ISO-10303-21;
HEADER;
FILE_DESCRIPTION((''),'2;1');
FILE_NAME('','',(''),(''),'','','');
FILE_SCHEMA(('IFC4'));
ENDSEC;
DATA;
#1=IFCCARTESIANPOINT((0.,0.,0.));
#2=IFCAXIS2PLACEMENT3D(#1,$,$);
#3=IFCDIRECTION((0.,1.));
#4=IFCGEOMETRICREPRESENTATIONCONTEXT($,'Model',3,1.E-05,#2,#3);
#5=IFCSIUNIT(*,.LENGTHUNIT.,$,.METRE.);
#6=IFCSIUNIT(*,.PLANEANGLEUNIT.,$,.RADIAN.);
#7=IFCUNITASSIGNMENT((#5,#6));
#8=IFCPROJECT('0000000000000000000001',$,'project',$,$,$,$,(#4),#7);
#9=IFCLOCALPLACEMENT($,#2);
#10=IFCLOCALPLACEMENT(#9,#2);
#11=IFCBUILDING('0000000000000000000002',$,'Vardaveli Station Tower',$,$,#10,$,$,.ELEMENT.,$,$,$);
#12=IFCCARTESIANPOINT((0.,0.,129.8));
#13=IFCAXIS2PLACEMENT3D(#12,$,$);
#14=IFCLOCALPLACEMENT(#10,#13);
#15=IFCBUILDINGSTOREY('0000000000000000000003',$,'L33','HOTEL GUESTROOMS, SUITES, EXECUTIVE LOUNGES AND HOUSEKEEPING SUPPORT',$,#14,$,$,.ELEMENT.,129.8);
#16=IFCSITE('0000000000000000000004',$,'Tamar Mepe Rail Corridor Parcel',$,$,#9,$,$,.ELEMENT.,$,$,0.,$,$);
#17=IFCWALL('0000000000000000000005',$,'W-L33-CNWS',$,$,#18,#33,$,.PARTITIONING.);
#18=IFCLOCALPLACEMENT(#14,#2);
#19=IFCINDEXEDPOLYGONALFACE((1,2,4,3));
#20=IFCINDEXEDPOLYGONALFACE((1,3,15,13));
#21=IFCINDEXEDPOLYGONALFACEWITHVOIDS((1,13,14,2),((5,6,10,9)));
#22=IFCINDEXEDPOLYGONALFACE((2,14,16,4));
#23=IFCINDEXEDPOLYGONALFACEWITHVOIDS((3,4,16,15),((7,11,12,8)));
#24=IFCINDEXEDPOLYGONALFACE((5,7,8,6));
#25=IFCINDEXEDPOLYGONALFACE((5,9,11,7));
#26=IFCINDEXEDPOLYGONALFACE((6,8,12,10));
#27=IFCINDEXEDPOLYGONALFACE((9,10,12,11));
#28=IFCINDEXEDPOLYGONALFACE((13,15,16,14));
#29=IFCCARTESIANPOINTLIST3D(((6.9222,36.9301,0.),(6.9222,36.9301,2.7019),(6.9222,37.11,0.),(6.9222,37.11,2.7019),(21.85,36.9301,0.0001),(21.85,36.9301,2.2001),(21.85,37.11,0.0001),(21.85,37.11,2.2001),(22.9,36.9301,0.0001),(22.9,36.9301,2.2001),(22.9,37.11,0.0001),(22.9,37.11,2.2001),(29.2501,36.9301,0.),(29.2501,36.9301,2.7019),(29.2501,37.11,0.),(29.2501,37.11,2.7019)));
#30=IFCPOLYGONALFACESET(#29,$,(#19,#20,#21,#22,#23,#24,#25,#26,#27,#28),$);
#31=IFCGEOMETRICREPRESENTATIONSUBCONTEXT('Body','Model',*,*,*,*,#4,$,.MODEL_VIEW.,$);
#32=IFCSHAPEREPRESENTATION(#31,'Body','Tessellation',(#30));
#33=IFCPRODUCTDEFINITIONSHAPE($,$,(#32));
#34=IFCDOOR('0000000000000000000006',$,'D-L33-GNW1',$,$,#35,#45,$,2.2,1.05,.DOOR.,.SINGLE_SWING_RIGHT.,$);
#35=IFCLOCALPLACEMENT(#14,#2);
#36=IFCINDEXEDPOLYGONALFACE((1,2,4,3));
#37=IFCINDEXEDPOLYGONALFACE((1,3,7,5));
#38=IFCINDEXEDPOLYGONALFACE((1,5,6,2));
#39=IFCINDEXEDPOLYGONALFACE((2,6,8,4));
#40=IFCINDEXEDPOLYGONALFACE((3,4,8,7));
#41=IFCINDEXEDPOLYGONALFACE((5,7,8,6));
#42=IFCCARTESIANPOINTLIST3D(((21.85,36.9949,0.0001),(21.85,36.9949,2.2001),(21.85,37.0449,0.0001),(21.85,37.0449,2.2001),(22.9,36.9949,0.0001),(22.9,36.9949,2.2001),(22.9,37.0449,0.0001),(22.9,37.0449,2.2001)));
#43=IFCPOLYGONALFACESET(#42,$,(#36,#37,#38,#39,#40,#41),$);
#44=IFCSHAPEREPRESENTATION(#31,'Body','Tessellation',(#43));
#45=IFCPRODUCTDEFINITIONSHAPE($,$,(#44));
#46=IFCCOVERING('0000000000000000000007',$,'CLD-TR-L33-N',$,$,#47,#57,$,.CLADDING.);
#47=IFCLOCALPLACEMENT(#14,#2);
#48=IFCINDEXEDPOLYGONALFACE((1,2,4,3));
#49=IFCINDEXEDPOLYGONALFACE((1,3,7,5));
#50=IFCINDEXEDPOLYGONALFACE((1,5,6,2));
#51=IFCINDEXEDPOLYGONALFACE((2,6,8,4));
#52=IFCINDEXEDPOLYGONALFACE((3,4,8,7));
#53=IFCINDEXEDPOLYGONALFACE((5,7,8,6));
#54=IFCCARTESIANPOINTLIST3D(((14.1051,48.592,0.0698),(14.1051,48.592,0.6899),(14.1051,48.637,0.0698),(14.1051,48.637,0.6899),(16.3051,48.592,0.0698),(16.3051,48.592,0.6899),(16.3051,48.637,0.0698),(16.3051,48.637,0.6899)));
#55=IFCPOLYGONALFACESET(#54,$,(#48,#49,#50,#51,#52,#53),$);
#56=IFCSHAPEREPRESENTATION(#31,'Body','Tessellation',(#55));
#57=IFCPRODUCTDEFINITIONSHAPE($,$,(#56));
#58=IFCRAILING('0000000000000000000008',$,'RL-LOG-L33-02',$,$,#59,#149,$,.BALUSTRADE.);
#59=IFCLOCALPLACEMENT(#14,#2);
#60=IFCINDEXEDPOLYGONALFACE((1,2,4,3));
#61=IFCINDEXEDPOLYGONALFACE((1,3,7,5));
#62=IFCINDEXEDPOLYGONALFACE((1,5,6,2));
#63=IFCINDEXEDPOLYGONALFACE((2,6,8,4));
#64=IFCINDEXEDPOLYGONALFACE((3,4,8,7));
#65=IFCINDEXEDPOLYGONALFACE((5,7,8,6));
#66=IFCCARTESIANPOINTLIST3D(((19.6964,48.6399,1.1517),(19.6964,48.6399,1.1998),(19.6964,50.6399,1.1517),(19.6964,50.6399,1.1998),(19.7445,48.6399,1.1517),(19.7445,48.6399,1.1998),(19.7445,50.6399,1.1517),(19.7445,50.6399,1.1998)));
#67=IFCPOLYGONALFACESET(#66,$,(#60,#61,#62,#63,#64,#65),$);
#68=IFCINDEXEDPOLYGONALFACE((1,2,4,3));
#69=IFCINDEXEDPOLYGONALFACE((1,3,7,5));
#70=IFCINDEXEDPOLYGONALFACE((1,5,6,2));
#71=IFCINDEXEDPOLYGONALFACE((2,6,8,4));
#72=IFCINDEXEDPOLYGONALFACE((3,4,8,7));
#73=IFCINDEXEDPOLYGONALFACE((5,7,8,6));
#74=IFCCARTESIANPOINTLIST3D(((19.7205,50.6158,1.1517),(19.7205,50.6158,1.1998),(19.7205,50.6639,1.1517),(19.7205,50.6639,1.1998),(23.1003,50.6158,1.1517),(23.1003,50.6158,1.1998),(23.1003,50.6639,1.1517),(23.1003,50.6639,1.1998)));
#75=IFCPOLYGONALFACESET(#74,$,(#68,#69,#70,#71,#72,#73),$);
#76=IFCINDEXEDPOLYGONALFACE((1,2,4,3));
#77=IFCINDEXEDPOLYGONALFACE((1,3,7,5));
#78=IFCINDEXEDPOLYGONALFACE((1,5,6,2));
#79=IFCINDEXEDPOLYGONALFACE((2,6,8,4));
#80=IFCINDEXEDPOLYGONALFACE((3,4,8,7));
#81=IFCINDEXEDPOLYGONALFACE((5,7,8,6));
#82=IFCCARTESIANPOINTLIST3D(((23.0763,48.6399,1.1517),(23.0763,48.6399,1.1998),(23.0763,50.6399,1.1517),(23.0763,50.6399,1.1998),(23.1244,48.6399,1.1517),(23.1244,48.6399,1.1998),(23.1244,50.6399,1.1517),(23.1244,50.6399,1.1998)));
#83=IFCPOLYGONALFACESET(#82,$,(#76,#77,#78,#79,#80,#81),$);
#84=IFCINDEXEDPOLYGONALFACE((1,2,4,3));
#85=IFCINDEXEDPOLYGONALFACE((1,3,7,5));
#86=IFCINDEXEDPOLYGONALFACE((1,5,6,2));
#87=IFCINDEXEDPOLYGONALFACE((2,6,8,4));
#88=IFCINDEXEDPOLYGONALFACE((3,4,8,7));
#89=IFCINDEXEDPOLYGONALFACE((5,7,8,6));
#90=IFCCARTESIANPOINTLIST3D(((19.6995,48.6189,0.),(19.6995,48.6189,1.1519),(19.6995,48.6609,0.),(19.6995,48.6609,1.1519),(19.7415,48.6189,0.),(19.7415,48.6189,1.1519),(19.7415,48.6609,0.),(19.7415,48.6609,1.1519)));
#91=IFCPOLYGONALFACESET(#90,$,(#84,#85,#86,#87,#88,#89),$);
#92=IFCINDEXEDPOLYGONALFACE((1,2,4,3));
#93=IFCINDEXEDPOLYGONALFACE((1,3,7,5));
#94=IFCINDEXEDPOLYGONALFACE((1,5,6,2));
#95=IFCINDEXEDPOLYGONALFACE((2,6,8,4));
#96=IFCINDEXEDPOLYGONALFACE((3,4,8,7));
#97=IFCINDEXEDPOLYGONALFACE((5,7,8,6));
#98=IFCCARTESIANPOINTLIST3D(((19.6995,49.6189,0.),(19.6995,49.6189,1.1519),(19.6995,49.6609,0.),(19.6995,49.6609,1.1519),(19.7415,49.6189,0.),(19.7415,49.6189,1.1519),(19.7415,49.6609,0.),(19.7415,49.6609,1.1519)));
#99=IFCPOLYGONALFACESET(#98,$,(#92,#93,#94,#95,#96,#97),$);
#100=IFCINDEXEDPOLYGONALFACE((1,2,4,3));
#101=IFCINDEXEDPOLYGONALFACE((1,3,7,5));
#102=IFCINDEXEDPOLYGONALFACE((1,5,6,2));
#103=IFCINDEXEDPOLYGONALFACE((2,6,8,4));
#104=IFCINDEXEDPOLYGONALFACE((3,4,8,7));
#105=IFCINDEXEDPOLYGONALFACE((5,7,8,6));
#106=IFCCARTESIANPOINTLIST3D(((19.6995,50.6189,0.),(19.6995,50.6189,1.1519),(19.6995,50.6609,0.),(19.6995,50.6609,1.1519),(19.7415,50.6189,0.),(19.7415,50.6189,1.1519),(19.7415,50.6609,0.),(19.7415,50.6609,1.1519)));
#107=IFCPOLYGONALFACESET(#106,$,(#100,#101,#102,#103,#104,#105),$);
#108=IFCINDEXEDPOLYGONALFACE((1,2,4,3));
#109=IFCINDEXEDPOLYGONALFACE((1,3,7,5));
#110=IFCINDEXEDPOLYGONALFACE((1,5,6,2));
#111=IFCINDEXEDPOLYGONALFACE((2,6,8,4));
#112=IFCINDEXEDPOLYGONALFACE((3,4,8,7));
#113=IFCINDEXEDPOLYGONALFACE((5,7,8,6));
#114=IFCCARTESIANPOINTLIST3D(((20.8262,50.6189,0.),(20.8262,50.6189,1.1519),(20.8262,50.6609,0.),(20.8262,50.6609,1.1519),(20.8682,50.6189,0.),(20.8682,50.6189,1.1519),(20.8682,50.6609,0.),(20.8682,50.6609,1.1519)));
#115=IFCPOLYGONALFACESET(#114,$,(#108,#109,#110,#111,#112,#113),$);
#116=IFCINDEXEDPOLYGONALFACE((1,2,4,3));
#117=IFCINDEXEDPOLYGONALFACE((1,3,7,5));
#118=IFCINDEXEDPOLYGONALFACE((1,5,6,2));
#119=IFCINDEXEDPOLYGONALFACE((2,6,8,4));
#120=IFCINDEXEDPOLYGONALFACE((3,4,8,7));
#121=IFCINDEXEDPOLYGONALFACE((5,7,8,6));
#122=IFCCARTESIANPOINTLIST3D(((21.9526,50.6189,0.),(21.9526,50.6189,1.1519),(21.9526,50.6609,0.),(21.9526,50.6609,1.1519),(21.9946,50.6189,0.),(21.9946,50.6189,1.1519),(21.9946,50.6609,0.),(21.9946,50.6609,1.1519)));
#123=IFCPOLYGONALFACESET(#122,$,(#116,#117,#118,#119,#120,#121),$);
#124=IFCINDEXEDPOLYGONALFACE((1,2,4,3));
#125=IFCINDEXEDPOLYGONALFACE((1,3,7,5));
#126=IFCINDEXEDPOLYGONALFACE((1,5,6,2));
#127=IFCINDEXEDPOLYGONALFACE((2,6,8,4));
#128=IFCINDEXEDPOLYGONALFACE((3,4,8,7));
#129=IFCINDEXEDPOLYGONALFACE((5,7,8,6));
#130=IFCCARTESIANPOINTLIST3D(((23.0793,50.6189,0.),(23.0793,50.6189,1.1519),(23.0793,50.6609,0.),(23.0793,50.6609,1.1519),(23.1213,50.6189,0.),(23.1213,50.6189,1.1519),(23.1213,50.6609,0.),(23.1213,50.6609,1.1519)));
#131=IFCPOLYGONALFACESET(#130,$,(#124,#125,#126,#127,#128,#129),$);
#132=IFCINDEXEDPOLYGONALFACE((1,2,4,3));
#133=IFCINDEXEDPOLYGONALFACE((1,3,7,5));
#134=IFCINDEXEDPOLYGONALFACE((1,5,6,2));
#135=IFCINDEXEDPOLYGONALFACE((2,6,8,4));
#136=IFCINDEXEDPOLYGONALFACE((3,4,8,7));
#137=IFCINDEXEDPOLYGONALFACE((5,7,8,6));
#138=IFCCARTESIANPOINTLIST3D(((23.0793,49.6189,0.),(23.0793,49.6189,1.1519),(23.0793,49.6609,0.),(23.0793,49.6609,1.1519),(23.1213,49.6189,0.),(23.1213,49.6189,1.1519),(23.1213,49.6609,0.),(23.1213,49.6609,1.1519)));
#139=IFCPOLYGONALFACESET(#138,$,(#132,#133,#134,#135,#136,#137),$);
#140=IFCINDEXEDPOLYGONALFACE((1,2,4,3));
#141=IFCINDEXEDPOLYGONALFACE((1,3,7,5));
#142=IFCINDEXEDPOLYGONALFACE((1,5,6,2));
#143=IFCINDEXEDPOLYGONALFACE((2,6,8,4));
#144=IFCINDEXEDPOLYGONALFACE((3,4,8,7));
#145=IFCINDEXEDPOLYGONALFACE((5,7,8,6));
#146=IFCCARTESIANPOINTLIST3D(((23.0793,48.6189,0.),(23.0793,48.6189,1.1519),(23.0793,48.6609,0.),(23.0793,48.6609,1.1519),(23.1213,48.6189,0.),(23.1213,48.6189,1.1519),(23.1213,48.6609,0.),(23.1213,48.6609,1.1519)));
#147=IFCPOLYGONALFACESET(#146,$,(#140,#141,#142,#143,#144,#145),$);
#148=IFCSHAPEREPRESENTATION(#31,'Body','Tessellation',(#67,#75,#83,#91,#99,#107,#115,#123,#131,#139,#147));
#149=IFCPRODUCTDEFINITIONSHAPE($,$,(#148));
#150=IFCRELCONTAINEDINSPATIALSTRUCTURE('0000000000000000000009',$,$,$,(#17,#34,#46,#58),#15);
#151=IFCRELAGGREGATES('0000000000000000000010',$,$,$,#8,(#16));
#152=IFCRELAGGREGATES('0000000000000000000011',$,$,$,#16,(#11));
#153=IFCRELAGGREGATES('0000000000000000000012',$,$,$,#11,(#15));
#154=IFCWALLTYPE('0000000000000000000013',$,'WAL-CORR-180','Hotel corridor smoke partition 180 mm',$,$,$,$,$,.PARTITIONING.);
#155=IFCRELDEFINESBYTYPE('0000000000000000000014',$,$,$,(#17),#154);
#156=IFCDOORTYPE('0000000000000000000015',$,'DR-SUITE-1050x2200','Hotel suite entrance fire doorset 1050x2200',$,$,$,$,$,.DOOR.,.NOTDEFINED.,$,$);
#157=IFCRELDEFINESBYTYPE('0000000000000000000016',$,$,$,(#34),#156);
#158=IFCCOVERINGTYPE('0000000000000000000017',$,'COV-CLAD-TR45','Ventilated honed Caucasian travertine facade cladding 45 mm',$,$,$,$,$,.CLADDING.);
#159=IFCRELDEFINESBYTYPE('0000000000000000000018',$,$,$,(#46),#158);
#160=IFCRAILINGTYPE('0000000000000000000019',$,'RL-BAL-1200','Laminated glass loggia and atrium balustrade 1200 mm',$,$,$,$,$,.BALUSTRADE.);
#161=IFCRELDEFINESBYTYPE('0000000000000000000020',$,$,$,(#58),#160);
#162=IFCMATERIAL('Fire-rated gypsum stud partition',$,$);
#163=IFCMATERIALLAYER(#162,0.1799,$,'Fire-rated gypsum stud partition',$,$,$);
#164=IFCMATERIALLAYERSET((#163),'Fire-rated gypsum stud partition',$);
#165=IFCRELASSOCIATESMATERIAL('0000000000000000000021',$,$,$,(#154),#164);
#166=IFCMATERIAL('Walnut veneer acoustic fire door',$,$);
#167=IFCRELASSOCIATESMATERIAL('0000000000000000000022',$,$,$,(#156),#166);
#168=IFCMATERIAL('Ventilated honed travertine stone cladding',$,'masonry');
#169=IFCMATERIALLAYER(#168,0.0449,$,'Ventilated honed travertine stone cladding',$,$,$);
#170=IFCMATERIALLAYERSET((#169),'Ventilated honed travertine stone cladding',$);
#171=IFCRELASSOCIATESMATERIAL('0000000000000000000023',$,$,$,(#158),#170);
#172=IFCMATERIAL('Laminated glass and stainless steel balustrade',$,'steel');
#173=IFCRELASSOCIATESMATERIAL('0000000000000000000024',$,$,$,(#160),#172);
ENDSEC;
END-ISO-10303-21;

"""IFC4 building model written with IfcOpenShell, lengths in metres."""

from ifc_helpers import new_model, si_unit, direction, frame, frame_2d, origin, origin_2d, place, context, subcontext, project, spatial, rectangle, extrude, source, transform, mapped, material, layer, layer_set, type_object, element, fill, save


model = new_model("IFC4")

# Units and contexts
model_context = context("Model", 3, precision=1e-05, world=origin(), true_north=direction((0.0, 1.0)))
body_context = subcontext(model_context, "Body", "Model", "MODEL_VIEW")
ifc_project = project(units=[si_unit("LENGTHUNIT", "METRE"), si_unit("PLANEANGLEUNIT", "RADIAN")], contexts=[model_context])

# Site, building, storey
site_placement = place(None, origin())
site = spatial("IfcSite", under=ifc_project, at=site_placement, Name="Tamar Mepe Rail Corridor Parcel", CompositionType="ELEMENT", RefElevation=0.0)
building_placement = place(site_placement, origin())
building = spatial("IfcBuilding", under=site, at=building_placement, Name="Vardaveli Station Tower", CompositionType="ELEMENT")
storey_placement = place(building_placement, frame((0.0, 0.0, 129.8)))
storey = spatial("IfcBuildingStorey", under=building, at=storey_placement, Name="L33", Description="HOTEL GUESTROOMS, SUITES, EXECUTIVE LOUNGES AND HOUSEKEEPING SUPPORT", CompositionType="ELEMENT", Elevation=129.8)

# Wall, opening, door
ifc_material_1 = material(Name="Fire-rated gypsum stud partition")
ifc_layer_1 = layer(ifc_material_1, 0.1799, Name="Fire-rated gypsum stud partition")
ifc_layer_set_1 = layer_set([ifc_layer_1], Name="Fire-rated gypsum stud partition")
wall_type_1 = type_object("IfcWallType", Name="WAL-CORR-180", Description="Hotel corridor smoke partition 180 mm", PredefinedType="PARTITIONING", material=ifc_layer_set_1)
shared_shape_1 = source(origin(), body_context, "Body", "SweptSolid", [
    extrude(rectangle(XDim=22.3279, YDim=0.1799, at=frame_2d((11.1641, 0.0))), origin(), (0.0, 0.0, 1.0), 2.7019),
])
wall_1_placement = place(storey_placement, frame((6.9221, 37.02, 0.0), z_axis=(0.0, 0.0, 1.0), x_axis=(1.0, 0.0, 0.0)))
wall_1 = element("IfcWall", 1, at=wall_1_placement, inside=storey, type_object=wall_type_1, Name="W-L33-CNWS", PredefinedType="PARTITIONING", context=body_context, shape_type="MappedRepresentation", body=[
    mapped(shared_shape_1, transform((0.0, 0.0, 0.0), scale=1.0)),
])
shared_shape_2 = source(origin(), body_context, "Body", "SweptSolid", [
    extrude(rectangle(XDim=1.05, YDim=2.2, at=frame_2d((0.5249, 1.1001))), frame((0.0, 0.1001, 0.0), z_axis=(0.0, -1.0, 0.0), x_axis=(1.0, 0.0, 0.0)), (0.0, 0.0, 1.0), 0.2),
])
opening_1_placement = place(wall_1_placement, frame((14.928, 0.0, 0.0)))
opening_1 = element("IfcOpeningElement", 2, at=opening_1_placement, cuts=wall_1, PredefinedType="OPENING", context=body_context, shape_type="MappedRepresentation", body=[
    mapped(shared_shape_2, transform((0.0, 0.0, 0.0), scale=1.0)),
])
ifc_material_2 = material(Name="Walnut veneer acoustic fire door")
door_type_1 = type_object("IfcDoorType", Name="DR-SUITE-1050x2200", Description="Hotel suite entrance fire doorset 1050x2200", OperationType="NOTDEFINED", PredefinedType="DOOR", material=ifc_material_2)
shared_shape_3 = source(origin(), body_context, "Body", "SweptSolid", [
    extrude(rectangle(XDim=1.05, YDim=2.2, at=frame_2d((0.5249, 1.1001))), frame((0.0, 0.0249, 0.0), z_axis=(0.0, -1.0, 0.0), x_axis=(1.0, 0.0, 0.0)), (0.0, 0.0, 1.0), 0.05),
])
door_1_placement = place(opening_1_placement, origin())
door_1 = element("IfcDoor", 3, at=door_1_placement, inside=storey, type_object=door_type_1, Name="D-L33-GNW1", OperationType="SINGLE_SWING_RIGHT", OverallHeight=2.2, OverallWidth=1.05, PredefinedType="DOOR", context=body_context, shape_type="MappedRepresentation", body=[
    mapped(shared_shape_3, transform((0.0, 0.0, 0.0), scale=1.0)),
])
fill(opening_1, door_1)

# Covering
ifc_material_3 = material(Name="Ventilated honed travertine stone cladding", Category="masonry")
ifc_layer_2 = layer(ifc_material_3, 0.0449, Name="Ventilated honed travertine stone cladding")
ifc_layer_set_2 = layer_set([ifc_layer_2], Name="Ventilated honed travertine stone cladding")
covering_type = type_object("IfcCoveringType", Name="COV-CLAD-TR45", Description="Ventilated honed Caucasian travertine facade cladding 45 mm", PredefinedType="CLADDING", material=ifc_layer_set_2)
shared_shape_4 = source(origin(), body_context, "Body", "SweptSolid", [
    extrude(rectangle(XDim=2.2, YDim=0.0449, at=origin_2d()), origin(), (0.0, 0.0, 1.0), 0.6201),
])
covering_placement = place(storey_placement, frame((15.2051, 48.6145, 0.0698), z_axis=(0.0, 0.0, 1.0), x_axis=(1.0, 0.0, 0.0)))
element("IfcCovering", 4, at=covering_placement, inside=storey, type_object=covering_type, Name="CLD-TR-L33-N", PredefinedType="CLADDING", context=body_context, shape_type="MappedRepresentation", body=[
    mapped(shared_shape_4, transform((0.0, 0.0, 0.0), scale=1.0)),
])

# Railing
ifc_material_4 = material(Name="Laminated glass and stainless steel balustrade", Category="steel")
railing_type = type_object("IfcRailingType", Name="RL-BAL-1200", Description="Laminated glass loggia and atrium balustrade 1200 mm", PredefinedType="BALUSTRADE", material=ifc_material_4)
shared_shape_5 = source(origin(), body_context, "Body", "SweptSolid", [
    extrude(rectangle(XDim=0.0481, YDim=0.0481, at=origin_2d()), frame((0.0, 0.0, 1.1758), z_axis=(0.0, 1.0, 0.0), x_axis=(-1.0, 0.0, 0.0)), (0.0, 0.0, 1.0), 2.0),
    extrude(rectangle(XDim=0.0481, YDim=0.0481, at=origin_2d()), frame((0.0, 2.0, 1.1758), z_axis=(1.0, 0.0, 0.0), x_axis=(0.0, 1.0, 0.0)), (0.0, 0.0, 1.0), 3.3799),
    extrude(rectangle(XDim=0.0481, YDim=0.0481, at=origin_2d()), frame((3.3799, 2.0, 1.1758), z_axis=(0.0, -1.0, 0.0), x_axis=(1.0, 0.0, 0.0)), (0.0, 0.0, 1.0), 2.0),
    extrude(rectangle(XDim=0.042, YDim=0.042, at=origin_2d()), origin(), (0.0, 0.0, 1.0), 1.1519),
    extrude(rectangle(XDim=0.042, YDim=0.042, at=origin_2d()), frame((0.0, 1.0, 0.0)), (0.0, 0.0, 1.0), 1.1519),
    extrude(rectangle(XDim=0.042, YDim=0.042, at=origin_2d()), frame((0.0, 2.0, 0.0)), (0.0, 0.0, 1.0), 1.1519),
    extrude(rectangle(XDim=0.042, YDim=0.042, at=origin_2d()), frame((1.1267, 2.0, 0.0)), (0.0, 0.0, 1.0), 1.1519),
    extrude(rectangle(XDim=0.042, YDim=0.042, at=origin_2d()), frame((2.2532, 2.0, 0.0)), (0.0, 0.0, 1.0), 1.1519),
    extrude(rectangle(XDim=0.042, YDim=0.042, at=origin_2d()), frame((3.3799, 2.0, 0.0)), (0.0, 0.0, 1.0), 1.1519),
    extrude(rectangle(XDim=0.042, YDim=0.042, at=origin_2d()), frame((3.3799, 1.0, 0.0)), (0.0, 0.0, 1.0), 1.1519),
    extrude(rectangle(XDim=0.042, YDim=0.042, at=origin_2d()), frame((3.3799, 0.0, 0.0)), (0.0, 0.0, 1.0), 1.1519),
])
railing_placement = place(storey_placement, frame((19.7205, 48.6399, 0.0)))
element("IfcRailing", 5, at=railing_placement, inside=storey, type_object=railing_type, Name="RL-LOG-L33-02", PredefinedType="BALUSTRADE", context=body_context, shape_type="MappedRepresentation", body=[
    mapped(shared_shape_5, transform((0.0, 0.0, 0.0), scale=1.0)),
])

save(model, "model.ifc")
